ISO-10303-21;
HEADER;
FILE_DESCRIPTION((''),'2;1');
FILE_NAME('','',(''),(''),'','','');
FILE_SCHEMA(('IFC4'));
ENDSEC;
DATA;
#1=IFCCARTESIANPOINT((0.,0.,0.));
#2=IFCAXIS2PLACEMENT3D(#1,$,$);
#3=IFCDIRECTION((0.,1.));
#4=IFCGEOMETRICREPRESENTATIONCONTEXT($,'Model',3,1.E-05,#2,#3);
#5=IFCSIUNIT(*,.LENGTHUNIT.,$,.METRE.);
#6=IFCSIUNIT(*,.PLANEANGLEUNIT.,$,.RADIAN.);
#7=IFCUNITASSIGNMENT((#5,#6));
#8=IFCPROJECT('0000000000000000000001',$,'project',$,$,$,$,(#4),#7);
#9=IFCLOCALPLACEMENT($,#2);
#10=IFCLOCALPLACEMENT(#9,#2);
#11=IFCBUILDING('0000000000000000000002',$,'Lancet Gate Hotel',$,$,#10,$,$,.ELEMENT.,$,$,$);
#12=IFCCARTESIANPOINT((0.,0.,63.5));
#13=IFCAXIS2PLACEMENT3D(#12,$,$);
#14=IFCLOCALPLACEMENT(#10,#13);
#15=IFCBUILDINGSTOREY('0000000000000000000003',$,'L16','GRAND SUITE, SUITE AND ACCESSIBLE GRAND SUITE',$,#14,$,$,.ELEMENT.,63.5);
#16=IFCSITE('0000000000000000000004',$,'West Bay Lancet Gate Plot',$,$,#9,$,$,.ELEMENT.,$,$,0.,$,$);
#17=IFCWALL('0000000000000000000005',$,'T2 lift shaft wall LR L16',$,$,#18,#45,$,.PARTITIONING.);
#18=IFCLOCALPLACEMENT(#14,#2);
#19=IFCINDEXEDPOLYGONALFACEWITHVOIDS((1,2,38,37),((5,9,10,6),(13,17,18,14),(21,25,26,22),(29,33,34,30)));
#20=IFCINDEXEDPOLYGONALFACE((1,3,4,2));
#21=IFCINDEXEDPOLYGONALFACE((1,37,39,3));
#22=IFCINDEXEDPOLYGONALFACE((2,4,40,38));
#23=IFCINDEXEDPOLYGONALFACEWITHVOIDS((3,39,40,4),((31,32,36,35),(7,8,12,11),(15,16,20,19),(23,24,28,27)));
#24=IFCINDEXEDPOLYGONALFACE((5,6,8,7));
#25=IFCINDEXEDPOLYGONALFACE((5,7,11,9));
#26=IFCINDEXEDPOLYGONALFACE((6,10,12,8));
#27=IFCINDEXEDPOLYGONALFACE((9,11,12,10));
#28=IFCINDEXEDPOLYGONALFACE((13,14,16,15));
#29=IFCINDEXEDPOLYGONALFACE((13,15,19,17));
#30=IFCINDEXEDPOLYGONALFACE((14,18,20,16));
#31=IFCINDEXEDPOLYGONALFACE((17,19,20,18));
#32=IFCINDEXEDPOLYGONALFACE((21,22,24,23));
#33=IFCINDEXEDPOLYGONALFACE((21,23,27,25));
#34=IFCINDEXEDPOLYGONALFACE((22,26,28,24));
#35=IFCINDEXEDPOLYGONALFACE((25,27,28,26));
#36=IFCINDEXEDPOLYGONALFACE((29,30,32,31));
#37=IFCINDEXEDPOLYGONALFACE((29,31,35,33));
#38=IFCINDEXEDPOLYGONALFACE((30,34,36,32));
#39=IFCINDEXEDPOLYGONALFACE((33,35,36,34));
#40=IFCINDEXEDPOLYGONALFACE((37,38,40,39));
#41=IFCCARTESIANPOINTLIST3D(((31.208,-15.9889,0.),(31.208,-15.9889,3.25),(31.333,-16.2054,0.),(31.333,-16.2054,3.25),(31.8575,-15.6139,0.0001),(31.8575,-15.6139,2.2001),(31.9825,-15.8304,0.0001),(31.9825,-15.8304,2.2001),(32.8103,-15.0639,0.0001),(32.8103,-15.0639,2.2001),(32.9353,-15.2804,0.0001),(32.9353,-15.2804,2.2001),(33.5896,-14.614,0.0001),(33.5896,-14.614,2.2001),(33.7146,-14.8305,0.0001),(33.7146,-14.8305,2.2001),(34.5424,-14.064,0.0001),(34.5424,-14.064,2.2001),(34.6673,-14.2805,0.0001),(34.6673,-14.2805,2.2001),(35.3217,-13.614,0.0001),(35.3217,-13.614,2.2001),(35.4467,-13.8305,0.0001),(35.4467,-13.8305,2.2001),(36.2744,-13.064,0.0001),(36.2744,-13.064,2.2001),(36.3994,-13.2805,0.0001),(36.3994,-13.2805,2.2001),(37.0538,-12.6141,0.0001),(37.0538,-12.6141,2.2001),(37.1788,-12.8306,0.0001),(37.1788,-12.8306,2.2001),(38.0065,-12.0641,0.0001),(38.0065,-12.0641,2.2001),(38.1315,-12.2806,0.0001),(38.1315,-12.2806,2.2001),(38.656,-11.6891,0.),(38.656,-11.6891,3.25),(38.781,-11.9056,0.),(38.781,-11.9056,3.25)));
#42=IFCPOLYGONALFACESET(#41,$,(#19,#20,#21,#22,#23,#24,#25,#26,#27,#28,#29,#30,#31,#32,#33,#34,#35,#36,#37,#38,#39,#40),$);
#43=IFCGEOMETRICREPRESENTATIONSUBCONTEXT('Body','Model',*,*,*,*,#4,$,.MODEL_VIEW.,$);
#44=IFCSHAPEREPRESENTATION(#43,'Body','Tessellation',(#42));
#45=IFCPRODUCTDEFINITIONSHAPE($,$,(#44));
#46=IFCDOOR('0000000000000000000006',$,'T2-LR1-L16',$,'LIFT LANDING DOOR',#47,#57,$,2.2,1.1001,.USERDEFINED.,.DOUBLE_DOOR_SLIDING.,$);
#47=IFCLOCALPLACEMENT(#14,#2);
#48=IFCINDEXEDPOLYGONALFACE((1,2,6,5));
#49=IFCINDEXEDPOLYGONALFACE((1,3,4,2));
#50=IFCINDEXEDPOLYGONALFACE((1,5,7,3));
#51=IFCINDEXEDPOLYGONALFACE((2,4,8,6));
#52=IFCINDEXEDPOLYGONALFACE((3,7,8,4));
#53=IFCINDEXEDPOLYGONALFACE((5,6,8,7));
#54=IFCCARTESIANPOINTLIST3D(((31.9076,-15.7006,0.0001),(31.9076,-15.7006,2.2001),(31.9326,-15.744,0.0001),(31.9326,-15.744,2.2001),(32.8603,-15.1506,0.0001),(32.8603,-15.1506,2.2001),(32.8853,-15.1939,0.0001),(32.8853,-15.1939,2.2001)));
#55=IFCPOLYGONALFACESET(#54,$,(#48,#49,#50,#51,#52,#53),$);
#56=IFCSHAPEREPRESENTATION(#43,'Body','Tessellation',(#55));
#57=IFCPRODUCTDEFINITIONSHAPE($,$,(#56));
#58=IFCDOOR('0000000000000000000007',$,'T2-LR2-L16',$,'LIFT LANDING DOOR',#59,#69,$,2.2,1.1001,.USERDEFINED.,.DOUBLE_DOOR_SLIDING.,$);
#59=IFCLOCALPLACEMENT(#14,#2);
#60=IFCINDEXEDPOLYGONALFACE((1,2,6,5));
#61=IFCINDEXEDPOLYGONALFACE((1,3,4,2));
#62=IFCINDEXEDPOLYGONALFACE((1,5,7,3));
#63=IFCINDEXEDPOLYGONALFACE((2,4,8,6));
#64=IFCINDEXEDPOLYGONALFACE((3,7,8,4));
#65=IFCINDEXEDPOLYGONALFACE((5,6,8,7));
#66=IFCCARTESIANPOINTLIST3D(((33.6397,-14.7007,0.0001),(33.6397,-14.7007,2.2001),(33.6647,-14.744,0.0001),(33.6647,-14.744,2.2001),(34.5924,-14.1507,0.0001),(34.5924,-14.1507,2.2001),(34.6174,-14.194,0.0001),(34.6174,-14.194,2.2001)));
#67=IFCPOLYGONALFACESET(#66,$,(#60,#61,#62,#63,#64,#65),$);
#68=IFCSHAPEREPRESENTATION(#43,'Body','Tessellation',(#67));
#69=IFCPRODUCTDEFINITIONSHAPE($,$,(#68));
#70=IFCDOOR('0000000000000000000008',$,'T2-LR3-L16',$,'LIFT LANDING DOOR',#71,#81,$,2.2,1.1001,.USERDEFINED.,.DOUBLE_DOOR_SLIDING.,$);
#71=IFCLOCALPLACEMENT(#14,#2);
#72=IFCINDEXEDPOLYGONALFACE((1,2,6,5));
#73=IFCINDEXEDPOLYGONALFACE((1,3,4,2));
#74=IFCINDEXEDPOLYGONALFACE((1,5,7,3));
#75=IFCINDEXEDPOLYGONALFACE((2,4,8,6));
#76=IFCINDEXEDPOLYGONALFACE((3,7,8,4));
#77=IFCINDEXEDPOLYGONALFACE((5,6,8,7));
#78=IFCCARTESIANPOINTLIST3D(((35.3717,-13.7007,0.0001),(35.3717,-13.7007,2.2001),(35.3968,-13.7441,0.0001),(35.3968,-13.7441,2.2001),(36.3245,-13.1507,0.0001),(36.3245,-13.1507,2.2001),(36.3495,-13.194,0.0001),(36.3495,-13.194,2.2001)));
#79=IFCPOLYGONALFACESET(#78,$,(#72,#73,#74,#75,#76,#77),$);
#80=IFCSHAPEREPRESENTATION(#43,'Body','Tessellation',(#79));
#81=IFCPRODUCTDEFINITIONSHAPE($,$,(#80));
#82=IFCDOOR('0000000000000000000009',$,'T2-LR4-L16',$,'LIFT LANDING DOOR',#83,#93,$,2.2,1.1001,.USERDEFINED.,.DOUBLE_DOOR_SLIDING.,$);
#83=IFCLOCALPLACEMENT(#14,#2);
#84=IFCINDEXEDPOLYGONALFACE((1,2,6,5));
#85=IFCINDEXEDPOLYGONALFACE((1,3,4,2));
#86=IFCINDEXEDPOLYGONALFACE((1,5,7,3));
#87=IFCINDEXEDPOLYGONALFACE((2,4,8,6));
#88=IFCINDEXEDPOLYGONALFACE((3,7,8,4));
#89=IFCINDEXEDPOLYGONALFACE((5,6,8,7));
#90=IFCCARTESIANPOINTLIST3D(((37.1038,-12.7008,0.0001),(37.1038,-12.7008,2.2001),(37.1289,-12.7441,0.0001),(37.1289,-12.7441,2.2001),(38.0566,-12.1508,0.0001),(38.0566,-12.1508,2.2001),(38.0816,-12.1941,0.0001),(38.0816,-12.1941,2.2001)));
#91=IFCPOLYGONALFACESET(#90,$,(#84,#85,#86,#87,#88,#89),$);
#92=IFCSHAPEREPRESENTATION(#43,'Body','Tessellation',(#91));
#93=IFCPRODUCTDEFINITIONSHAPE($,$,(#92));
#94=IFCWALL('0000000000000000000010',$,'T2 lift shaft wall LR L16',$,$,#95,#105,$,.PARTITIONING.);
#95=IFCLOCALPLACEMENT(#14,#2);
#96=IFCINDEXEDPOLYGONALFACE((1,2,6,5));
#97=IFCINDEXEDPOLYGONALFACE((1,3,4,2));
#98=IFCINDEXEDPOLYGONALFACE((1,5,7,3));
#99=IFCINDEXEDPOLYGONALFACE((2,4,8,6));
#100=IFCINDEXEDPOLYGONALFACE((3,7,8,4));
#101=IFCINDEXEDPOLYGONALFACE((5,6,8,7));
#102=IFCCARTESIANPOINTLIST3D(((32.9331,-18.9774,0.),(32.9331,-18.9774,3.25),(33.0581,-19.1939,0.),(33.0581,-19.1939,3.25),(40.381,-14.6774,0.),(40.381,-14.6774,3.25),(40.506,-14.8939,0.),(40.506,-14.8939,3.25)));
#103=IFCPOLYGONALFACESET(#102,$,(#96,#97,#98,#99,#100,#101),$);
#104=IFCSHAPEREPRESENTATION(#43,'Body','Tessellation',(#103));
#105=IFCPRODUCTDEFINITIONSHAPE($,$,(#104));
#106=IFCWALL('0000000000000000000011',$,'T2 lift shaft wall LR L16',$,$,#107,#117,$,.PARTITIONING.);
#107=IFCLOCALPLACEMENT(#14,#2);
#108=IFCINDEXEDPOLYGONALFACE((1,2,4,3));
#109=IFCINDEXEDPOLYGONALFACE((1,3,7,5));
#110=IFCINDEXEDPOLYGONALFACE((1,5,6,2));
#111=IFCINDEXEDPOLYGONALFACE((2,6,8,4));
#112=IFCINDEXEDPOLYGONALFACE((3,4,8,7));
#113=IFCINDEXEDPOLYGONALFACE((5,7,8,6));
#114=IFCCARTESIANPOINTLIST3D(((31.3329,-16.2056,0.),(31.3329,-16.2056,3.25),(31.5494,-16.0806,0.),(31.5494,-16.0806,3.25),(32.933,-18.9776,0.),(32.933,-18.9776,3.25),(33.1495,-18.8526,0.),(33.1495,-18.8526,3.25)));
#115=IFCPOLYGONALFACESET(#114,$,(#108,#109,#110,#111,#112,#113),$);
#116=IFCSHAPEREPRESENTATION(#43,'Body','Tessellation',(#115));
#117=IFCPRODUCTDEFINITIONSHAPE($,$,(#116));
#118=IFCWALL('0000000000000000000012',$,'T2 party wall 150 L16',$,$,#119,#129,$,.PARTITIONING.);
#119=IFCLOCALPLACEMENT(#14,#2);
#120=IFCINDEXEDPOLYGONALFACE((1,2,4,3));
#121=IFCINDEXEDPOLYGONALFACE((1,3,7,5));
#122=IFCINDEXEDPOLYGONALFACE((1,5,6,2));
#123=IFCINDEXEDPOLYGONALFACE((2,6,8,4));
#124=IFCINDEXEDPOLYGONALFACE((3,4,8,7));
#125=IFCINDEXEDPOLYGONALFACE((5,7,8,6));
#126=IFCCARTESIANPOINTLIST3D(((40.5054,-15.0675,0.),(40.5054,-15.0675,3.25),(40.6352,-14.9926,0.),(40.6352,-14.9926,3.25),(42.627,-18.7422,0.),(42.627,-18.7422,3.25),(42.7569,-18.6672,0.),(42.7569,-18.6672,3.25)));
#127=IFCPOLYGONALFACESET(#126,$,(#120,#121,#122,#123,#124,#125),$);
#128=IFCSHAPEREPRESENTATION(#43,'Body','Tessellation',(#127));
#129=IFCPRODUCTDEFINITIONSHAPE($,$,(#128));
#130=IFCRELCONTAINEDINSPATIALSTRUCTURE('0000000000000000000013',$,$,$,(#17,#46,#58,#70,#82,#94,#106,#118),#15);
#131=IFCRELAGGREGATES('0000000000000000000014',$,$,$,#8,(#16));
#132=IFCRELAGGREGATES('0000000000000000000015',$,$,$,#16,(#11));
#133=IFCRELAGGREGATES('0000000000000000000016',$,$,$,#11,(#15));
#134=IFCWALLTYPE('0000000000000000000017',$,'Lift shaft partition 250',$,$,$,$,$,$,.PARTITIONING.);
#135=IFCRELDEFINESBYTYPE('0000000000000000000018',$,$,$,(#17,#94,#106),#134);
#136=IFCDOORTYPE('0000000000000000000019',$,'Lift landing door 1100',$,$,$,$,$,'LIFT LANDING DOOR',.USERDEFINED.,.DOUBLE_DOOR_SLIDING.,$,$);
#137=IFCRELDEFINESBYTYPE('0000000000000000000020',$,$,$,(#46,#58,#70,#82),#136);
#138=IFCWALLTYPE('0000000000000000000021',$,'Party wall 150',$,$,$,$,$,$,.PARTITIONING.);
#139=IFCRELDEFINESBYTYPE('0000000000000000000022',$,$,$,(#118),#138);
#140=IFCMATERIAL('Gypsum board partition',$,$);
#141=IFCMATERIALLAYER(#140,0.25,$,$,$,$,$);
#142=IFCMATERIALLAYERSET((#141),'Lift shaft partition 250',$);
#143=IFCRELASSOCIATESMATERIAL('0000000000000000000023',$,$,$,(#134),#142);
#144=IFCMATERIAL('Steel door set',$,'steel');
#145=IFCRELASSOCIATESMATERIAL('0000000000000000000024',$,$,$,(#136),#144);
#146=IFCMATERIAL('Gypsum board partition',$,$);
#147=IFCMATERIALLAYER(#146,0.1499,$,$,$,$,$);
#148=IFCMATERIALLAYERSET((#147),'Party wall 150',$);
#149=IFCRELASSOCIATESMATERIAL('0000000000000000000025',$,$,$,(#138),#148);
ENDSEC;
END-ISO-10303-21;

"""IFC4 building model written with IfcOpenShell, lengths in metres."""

from ifc_helpers import new_model, si_unit, direction, frame, frame_2d, origin, place, context, subcontext, project, spatial, rectangle, extrude, material, layer, layer_set, type_object, element, fill, save


model = new_model("IFC4")

# Units and contexts
model_context = context("Model", 3, precision=1e-05, world=origin(), true_north=direction((0.0, 1.0)))
body_context = subcontext(model_context, "Body", "Model", "MODEL_VIEW")
ifc_project = project(units=[si_unit("LENGTHUNIT", "METRE"), si_unit("PLANEANGLEUNIT", "RADIAN")], contexts=[model_context])

# Site, building, storey
site_placement = place(None, origin())
site = spatial("IfcSite", under=ifc_project, at=site_placement, Name="West Bay Lancet Gate Plot", CompositionType="ELEMENT", RefElevation=0.0)
building_placement = place(site_placement, origin())
building = spatial("IfcBuilding", under=site, at=building_placement, Name="Lancet Gate Hotel", CompositionType="ELEMENT")
storey_placement = place(building_placement, frame((0.0, 0.0, 63.5)))
storey = spatial("IfcBuildingStorey", under=building, at=storey_placement, Name="L16", Description="GRAND SUITE, SUITE AND ACCESSIBLE GRAND SUITE", CompositionType="ELEMENT", Elevation=63.5)

# Wall, openings, doors
ifc_material_1 = material(Name="Gypsum board partition")
ifc_layer_1 = layer(ifc_material_1, 0.25)
ifc_layer_set_1 = layer_set([ifc_layer_1], Name="Lift shaft partition 250")
wall_type_1 = type_object("IfcWallType", Name="Lift shaft partition 250", PredefinedType="PARTITIONING", material=ifc_layer_set_1)
wall_1_placement = place(storey_placement, frame((31.2705, -16.0972, 0.0), z_axis=(0.0, 0.0, 1.0), x_axis=(0.86604, 0.499974, 0.0)))
wall_1 = element("IfcWall", 1, at=wall_1_placement, inside=storey, type_object=wall_type_1, Name="T2 lift shaft wall LR L16", PredefinedType="PARTITIONING", context=body_context, shape_type="SweptSolid", body=[
    extrude(rectangle(XDim=8.6001, YDim=0.25, at=frame_2d((4.3, 0.0))), origin(), (0.0, 0.0, 1.0), 3.25),
])
opening_1_placement = place(wall_1_placement, frame((0.75, 0.0, 0.0)))
opening_1 = element("IfcOpeningElement", 2, at=opening_1_placement, cuts=wall_1, PredefinedType="OPENING", context=body_context, shape_type="SweptSolid", body=[
    extrude(rectangle(XDim=1.1001, YDim=2.2, at=frame_2d((0.55, 1.1001))), frame((0.0, 0.135, 0.0), z_axis=(0.0, -1.0, 0.0), x_axis=(1.0, 0.0, 0.0)), (0.0, 0.0, 1.0), 0.27),
])
opening_2_placement = place(wall_1_placement, frame((2.75, 0.0, 0.0)))
opening_2 = element("IfcOpeningElement", 3, at=opening_2_placement, cuts=wall_1, PredefinedType="OPENING", context=body_context, shape_type="SweptSolid", body=[
    extrude(rectangle(XDim=1.1001, YDim=2.2, at=frame_2d((0.55, 1.1001))), frame((0.0, 0.135, 0.0), z_axis=(0.0, -1.0, 0.0), x_axis=(1.0, 0.0, 0.0)), (0.0, 0.0, 1.0), 0.27),
])
opening_3_placement = place(wall_1_placement, frame((4.75, 0.0, 0.0)))
opening_3 = element("IfcOpeningElement", 4, at=opening_3_placement, cuts=wall_1, PredefinedType="OPENING", context=body_context, shape_type="SweptSolid", body=[
    extrude(rectangle(XDim=1.1001, YDim=2.2, at=frame_2d((0.55, 1.1001))), frame((0.0, 0.135, 0.0), z_axis=(0.0, -1.0, 0.0), x_axis=(1.0, 0.0, 0.0)), (0.0, 0.0, 1.0), 0.27),
])
opening_4_placement = place(wall_1_placement, frame((6.75, 0.0, 0.0)))
opening_4 = element("IfcOpeningElement", 5, at=opening_4_placement, cuts=wall_1, PredefinedType="OPENING", context=body_context, shape_type="SweptSolid", body=[
    extrude(rectangle(XDim=1.1001, YDim=2.2, at=frame_2d((0.55, 1.1001))), frame((0.0, 0.135, 0.0), z_axis=(0.0, -1.0, 0.0), x_axis=(1.0, 0.0, 0.0)), (0.0, 0.0, 1.0), 0.27),
])
ifc_material_2 = material(Name="Steel door set", Category="steel")
door_type = type_object("IfcDoorType", Name="Lift landing door 1100", ElementType="LIFT LANDING DOOR", OperationType="DOUBLE_DOOR_SLIDING", PredefinedType="USERDEFINED", material=ifc_material_2)
door_1_placement = place(opening_1_placement, origin())
door_1 = element("IfcDoor", 6, at=door_1_placement, inside=storey, type_object=door_type, Name="T2-LR1-L16", ObjectType="LIFT LANDING DOOR", OperationType="DOUBLE_DOOR_SLIDING", OverallHeight=2.2, OverallWidth=1.1001, PredefinedType="USERDEFINED", context=body_context, shape_type="SweptSolid", body=[
    extrude(rectangle(XDim=1.1001, YDim=2.2, at=frame_2d((0.55, 1.1001))), frame((0.0, 0.0249, 0.0), z_axis=(0.0, -1.0, 0.0), x_axis=(1.0, 0.0, 0.0)), (0.0, 0.0, 1.0), 0.05),
])
fill(opening_1, door_1)
door_2_placement = place(opening_2_placement, origin())
door_2 = element("IfcDoor", 7, at=door_2_placement, inside=storey, type_object=door_type, Name="T2-LR2-L16", ObjectType="LIFT LANDING DOOR", OperationType="DOUBLE_DOOR_SLIDING", OverallHeight=2.2, OverallWidth=1.1001, PredefinedType="USERDEFINED", context=body_context, shape_type="SweptSolid", body=[
    extrude(rectangle(XDim=1.1001, YDim=2.2, at=frame_2d((0.55, 1.1001))), frame((0.0, 0.0249, 0.0), z_axis=(0.0, -1.0, 0.0), x_axis=(1.0, 0.0, 0.0)), (0.0, 0.0, 1.0), 0.05),
])
fill(opening_2, door_2)
door_3_placement = place(opening_3_placement, origin())
door_3 = element("IfcDoor", 8, at=door_3_placement, inside=storey, type_object=door_type, Name="T2-LR3-L16", ObjectType="LIFT LANDING DOOR", OperationType="DOUBLE_DOOR_SLIDING", OverallHeight=2.2, OverallWidth=1.1001, PredefinedType="USERDEFINED", context=body_context, shape_type="SweptSolid", body=[
    extrude(rectangle(XDim=1.1001, YDim=2.2, at=frame_2d((0.55, 1.1001))), frame((0.0, 0.0249, 0.0), z_axis=(0.0, -1.0, 0.0), x_axis=(1.0, 0.0, 0.0)), (0.0, 0.0, 1.0), 0.05),
])
fill(opening_3, door_3)
door_4_placement = place(opening_4_placement, origin())
door_4 = element("IfcDoor", 9, at=door_4_placement, inside=storey, type_object=door_type, Name="T2-LR4-L16", ObjectType="LIFT LANDING DOOR", OperationType="DOUBLE_DOOR_SLIDING", OverallHeight=2.2, OverallWidth=1.1001, PredefinedType="USERDEFINED", context=body_context, shape_type="SweptSolid", body=[
    extrude(rectangle(XDim=1.1001, YDim=2.2, at=frame_2d((0.55, 1.1001))), frame((0.0, 0.0249, 0.0), z_axis=(0.0, -1.0, 0.0), x_axis=(1.0, 0.0, 0.0)), (0.0, 0.0, 1.0), 0.05),
])
fill(opening_4, door_4)

# Walls
wall_2_placement = place(storey_placement, frame((32.9956, -19.0857, 0.0), z_axis=(0.0, 0.0, 1.0), x_axis=(0.866028, 0.499995, 0.0)))
element("IfcWall", 10, at=wall_2_placement, inside=storey, type_object=wall_type_1, Name="T2 lift shaft wall LR L16", PredefinedType="PARTITIONING", context=body_context, shape_type="SweptSolid", body=[
    extrude(rectangle(XDim=8.6001, YDim=0.25, at=frame_2d((4.3, 0.0))), origin(), (0.0, 0.0, 1.0), 3.25),
])
wall_3_placement = place(storey_placement, frame((31.4412, -16.1431, 0.0), z_axis=(0.0, 0.0, 1.0), x_axis=(0.499929, -0.866066, 0.0)))
element("IfcWall", 11, at=wall_3_placement, inside=storey, type_object=wall_type_1, Name="T2 lift shaft wall LR L16", PredefinedType="PARTITIONING", context=body_context, shape_type="SweptSolid", body=[
    extrude(rectangle(XDim=3.2007, YDim=0.25, at=frame_2d((1.6003, 0.0))), origin(), (0.0, 0.0, 1.0), 3.25),
])
ifc_material_3 = material(Name="Gypsum board partition")
ifc_layer_2 = layer(ifc_material_3, 0.1499)
ifc_layer_set_2 = layer_set([ifc_layer_2], Name="Party wall 150")
wall_type_2 = type_object("IfcWallType", Name="Party wall 150", PredefinedType="PARTITIONING", material=ifc_layer_set_2)
wall_4_placement = place(storey_placement, frame((40.5703, -15.03, 0.0), z_axis=(0.0, 0.0, 1.0), x_axis=(0.500013, -0.866018, 0.0)))
element("IfcWall", 12, at=wall_4_placement, inside=storey, type_object=wall_type_2, Name="T2 party wall 150 L16", PredefinedType="PARTITIONING", context=body_context, shape_type="SweptSolid", body=[
    extrude(rectangle(XDim=4.2432, YDim=0.1499, at=frame_2d((2.1216, 0.0))), origin(), (0.0, 0.0, 1.0), 3.25),
])

save(model, "model.ifc")
